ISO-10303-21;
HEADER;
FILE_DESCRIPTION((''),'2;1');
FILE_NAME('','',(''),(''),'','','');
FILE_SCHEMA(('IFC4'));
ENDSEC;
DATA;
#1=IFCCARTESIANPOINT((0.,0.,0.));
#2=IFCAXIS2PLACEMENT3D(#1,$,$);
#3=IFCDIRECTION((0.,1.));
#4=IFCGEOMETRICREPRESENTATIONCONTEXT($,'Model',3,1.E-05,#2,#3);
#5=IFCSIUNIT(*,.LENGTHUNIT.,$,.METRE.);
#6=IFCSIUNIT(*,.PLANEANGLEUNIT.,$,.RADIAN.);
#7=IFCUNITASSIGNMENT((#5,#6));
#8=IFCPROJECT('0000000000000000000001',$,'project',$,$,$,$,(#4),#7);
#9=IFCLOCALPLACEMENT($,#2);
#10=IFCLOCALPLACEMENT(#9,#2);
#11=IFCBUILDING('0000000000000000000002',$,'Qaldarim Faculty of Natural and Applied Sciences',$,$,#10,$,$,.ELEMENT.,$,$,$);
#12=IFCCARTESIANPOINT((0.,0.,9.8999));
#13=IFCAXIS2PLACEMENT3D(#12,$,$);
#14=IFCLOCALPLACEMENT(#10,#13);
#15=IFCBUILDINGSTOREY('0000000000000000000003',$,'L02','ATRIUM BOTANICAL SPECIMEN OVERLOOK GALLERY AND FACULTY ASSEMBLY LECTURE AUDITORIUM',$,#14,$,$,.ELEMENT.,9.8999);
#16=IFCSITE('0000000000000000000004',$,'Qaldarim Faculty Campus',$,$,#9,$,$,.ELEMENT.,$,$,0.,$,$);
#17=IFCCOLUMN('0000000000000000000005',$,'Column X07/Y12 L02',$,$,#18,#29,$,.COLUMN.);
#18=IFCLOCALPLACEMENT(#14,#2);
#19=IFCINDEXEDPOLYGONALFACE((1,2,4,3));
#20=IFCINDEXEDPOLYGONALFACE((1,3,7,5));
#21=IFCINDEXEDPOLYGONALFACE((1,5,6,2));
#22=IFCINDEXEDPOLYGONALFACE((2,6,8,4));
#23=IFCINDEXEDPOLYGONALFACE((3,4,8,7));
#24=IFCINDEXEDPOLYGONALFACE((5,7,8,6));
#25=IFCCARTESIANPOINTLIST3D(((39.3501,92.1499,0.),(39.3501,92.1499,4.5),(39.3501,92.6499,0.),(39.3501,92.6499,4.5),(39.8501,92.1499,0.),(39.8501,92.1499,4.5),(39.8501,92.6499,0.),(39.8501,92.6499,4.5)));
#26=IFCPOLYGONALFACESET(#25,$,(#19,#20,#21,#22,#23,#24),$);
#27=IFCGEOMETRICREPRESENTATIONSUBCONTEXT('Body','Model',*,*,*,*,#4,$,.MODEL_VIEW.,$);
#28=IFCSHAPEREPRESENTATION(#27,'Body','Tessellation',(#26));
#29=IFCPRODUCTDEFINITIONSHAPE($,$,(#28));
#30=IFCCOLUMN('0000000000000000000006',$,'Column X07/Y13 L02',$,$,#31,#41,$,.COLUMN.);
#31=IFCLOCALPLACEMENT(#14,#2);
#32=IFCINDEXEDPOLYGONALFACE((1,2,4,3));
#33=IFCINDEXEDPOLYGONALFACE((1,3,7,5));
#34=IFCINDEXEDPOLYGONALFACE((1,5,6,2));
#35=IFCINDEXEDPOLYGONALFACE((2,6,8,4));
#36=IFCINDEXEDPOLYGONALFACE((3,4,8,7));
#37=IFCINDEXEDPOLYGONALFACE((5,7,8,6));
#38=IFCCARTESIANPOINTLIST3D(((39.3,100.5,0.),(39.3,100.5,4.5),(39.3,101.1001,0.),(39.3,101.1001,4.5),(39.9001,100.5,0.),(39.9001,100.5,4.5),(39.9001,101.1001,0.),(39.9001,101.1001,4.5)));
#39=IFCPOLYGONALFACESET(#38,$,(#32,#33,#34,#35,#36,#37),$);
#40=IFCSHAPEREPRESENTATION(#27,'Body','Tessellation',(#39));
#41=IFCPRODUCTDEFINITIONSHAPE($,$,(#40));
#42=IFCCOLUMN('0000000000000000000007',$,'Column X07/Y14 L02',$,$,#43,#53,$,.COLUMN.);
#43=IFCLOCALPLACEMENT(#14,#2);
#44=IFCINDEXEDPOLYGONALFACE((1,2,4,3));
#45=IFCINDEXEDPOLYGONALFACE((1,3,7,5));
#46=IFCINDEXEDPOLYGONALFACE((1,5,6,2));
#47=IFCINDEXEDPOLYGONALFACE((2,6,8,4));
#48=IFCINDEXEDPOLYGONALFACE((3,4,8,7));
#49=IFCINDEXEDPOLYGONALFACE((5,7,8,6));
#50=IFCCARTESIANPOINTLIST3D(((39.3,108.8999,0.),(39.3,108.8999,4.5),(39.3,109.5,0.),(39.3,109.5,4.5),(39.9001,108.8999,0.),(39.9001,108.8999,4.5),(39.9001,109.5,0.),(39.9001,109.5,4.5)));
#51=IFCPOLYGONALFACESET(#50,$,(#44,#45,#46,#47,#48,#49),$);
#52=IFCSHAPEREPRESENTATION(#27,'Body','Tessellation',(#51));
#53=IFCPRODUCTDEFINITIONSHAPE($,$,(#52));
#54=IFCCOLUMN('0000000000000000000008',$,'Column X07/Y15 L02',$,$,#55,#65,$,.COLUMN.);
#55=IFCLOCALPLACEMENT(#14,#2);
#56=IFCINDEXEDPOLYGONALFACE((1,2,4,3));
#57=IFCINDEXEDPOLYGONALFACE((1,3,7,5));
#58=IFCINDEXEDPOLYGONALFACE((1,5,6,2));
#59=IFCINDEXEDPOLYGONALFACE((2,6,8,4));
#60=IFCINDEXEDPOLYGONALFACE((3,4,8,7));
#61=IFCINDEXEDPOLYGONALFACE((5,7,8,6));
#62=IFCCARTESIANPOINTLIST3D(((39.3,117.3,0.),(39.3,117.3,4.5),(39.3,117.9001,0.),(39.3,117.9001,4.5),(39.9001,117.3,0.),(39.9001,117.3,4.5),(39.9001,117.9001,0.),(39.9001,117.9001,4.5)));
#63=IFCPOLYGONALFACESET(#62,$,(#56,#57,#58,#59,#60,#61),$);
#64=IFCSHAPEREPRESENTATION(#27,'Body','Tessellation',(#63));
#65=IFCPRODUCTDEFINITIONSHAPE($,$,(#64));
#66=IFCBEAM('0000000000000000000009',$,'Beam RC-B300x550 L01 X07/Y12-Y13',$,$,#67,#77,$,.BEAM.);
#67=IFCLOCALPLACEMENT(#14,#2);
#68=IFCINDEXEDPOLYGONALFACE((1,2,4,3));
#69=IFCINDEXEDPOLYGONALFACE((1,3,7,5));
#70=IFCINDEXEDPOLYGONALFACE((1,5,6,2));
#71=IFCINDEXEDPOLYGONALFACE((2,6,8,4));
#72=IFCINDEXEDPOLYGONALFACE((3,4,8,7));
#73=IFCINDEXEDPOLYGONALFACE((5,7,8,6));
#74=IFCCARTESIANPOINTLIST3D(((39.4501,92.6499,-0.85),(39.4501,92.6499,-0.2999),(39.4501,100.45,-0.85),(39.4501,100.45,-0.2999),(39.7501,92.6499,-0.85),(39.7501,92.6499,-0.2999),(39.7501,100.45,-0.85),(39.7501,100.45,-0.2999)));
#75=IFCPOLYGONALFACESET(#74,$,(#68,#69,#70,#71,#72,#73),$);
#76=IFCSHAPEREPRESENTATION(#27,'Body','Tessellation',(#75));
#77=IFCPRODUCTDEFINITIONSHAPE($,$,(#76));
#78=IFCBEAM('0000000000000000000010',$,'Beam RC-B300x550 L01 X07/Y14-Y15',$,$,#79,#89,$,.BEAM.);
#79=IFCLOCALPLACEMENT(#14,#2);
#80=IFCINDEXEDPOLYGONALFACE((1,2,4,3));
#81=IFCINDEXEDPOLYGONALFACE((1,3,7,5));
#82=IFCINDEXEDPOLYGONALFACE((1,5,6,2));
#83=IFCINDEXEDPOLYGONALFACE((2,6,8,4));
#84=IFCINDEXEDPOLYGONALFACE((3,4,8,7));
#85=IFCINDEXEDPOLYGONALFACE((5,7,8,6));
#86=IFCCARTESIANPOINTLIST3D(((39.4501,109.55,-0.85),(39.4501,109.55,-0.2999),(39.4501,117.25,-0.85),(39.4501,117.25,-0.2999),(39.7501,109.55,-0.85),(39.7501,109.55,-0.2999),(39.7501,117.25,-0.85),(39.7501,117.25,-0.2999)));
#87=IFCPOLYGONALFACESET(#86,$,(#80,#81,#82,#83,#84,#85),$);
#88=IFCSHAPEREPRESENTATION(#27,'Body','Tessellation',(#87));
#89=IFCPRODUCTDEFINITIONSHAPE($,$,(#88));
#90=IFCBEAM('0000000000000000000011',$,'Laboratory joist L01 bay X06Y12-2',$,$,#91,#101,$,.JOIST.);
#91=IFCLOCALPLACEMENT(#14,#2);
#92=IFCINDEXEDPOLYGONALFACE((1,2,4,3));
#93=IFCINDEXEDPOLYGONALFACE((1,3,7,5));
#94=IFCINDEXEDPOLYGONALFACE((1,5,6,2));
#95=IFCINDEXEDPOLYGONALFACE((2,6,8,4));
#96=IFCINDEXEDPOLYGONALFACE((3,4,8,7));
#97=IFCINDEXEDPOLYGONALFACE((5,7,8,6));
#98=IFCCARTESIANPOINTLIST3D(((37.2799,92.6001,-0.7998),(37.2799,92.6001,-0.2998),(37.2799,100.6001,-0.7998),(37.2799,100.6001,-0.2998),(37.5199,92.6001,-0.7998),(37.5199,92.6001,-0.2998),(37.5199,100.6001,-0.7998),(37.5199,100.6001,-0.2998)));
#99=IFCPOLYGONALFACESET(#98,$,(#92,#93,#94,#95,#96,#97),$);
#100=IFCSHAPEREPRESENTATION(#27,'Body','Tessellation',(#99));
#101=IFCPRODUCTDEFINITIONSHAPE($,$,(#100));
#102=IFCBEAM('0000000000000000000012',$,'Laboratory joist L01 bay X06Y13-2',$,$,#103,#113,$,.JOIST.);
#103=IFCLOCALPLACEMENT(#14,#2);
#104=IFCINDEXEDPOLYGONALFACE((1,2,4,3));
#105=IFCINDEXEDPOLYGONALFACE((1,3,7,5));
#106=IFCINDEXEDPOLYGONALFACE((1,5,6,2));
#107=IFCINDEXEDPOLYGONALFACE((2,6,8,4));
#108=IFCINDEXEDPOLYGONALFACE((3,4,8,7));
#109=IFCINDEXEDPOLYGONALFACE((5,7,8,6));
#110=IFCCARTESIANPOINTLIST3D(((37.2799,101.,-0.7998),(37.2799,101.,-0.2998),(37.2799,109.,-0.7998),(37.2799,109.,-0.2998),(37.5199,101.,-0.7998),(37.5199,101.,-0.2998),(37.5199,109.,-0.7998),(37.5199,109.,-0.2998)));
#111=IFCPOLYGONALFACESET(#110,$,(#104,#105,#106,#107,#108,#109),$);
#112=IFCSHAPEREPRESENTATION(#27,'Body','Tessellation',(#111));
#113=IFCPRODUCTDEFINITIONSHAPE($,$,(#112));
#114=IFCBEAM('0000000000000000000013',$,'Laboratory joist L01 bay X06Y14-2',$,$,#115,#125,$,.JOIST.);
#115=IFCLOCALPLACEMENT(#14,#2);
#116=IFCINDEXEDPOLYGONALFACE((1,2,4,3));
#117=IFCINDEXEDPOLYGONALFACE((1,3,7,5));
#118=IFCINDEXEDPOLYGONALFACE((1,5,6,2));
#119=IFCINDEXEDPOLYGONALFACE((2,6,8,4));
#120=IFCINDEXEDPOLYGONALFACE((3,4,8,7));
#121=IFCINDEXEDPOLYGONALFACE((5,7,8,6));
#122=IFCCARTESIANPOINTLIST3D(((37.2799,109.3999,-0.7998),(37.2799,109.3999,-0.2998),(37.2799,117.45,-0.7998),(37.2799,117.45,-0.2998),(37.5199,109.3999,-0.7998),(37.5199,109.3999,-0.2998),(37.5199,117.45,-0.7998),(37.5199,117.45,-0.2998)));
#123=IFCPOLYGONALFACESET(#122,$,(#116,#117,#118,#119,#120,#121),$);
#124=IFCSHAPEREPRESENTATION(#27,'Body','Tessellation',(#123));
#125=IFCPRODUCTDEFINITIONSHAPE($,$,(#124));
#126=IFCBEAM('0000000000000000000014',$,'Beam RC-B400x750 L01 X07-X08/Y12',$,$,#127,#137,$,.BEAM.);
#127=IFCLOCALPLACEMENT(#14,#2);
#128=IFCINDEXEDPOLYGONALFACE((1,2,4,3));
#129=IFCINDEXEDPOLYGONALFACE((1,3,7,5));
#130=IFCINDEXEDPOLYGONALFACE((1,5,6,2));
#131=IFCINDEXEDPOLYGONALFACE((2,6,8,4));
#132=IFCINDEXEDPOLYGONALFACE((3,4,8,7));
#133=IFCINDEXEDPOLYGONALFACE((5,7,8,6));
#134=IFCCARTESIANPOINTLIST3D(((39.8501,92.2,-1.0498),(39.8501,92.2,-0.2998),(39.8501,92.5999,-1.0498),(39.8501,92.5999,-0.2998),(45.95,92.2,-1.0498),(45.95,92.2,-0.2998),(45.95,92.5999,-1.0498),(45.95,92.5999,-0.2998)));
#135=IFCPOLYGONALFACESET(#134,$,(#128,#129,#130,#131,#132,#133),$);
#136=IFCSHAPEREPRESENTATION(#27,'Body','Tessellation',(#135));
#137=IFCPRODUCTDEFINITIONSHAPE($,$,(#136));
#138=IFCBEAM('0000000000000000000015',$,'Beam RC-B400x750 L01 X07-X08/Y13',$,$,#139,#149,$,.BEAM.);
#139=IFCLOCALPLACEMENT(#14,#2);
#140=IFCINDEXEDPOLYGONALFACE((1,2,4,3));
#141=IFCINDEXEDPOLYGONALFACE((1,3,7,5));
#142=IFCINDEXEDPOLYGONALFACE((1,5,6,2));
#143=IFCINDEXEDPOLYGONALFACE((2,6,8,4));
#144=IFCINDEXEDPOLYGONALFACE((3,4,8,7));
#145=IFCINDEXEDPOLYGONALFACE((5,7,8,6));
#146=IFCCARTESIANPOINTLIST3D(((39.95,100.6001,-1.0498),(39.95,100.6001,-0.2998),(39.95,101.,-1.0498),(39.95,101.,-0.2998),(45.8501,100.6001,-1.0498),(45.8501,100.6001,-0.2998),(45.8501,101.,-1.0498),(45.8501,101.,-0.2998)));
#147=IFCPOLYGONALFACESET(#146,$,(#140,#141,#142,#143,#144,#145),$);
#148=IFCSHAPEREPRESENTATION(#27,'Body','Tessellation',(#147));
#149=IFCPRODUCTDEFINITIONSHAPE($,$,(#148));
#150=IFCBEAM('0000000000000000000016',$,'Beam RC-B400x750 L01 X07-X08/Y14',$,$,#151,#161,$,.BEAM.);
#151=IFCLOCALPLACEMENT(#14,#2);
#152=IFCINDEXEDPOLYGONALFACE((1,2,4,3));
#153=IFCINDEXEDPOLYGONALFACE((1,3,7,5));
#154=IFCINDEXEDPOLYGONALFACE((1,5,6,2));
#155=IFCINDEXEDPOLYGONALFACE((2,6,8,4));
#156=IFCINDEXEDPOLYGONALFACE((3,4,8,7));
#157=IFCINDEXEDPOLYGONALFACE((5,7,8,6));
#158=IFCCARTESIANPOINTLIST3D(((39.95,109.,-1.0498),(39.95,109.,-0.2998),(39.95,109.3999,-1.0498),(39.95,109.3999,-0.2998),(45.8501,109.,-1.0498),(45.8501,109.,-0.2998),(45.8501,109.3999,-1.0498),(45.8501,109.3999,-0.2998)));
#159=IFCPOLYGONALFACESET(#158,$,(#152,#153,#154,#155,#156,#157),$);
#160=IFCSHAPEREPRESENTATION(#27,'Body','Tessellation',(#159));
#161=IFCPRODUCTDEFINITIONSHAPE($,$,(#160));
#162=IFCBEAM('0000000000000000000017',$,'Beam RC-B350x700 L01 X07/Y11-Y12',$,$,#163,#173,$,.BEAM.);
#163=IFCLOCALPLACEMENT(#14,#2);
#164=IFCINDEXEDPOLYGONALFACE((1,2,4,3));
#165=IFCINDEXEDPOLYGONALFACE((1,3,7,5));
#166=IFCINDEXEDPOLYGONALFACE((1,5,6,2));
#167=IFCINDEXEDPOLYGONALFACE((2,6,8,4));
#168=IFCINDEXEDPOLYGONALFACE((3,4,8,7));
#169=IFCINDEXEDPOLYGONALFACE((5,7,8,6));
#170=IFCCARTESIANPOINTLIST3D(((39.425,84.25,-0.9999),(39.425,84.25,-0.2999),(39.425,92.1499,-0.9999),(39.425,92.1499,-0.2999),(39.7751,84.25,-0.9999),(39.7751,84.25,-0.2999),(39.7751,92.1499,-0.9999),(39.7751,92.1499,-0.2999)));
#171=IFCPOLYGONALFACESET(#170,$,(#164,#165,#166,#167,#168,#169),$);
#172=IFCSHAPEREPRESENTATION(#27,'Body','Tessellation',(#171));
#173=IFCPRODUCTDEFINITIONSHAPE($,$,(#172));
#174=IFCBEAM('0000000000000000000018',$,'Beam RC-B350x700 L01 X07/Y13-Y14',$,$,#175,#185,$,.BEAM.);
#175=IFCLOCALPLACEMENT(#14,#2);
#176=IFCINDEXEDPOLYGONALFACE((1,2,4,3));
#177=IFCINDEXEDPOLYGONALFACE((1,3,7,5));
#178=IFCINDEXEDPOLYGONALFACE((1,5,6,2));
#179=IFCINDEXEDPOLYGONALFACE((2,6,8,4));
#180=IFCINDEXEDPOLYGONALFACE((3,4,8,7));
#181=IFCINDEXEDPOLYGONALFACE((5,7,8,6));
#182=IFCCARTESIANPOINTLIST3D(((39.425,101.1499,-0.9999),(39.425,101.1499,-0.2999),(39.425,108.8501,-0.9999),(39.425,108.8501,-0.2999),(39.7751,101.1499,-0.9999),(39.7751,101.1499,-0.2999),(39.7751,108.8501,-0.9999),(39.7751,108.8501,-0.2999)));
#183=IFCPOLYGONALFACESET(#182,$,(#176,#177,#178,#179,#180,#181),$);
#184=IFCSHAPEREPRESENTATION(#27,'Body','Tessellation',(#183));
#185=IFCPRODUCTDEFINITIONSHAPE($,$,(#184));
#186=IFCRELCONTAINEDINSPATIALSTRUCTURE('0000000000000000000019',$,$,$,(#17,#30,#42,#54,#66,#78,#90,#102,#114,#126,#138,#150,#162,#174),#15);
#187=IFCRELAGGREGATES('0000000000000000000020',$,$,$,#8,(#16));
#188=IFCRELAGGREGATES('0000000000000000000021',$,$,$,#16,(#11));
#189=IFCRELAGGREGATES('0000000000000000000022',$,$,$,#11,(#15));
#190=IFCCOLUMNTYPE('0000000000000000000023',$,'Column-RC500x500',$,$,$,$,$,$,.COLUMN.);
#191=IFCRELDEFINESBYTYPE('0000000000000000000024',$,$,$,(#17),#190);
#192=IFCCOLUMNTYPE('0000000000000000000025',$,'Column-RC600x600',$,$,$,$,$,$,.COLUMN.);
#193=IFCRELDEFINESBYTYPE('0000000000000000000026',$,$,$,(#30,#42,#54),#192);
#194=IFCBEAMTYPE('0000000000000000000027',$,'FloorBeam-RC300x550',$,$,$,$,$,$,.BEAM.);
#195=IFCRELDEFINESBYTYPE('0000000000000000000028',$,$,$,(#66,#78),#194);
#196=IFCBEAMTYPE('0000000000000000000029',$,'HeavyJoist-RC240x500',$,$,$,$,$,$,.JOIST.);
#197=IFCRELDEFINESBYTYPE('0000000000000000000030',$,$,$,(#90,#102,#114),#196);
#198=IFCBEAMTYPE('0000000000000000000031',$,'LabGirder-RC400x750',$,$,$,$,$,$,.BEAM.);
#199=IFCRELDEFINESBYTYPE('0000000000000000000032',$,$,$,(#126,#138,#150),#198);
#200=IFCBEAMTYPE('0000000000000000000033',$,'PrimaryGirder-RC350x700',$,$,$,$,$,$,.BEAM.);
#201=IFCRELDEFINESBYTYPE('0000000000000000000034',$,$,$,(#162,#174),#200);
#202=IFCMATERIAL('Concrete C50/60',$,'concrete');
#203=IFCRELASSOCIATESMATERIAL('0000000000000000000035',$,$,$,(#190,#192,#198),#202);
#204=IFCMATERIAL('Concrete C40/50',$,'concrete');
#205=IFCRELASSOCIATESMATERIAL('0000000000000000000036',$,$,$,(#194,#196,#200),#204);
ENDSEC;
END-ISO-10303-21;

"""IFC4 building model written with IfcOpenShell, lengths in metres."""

from ifc_helpers import new_model, si_unit, direction, frame, origin, origin_2d, place, context, subcontext, project, spatial, rectangle, extrude, material, material_profile, profile_set, type_object, element, save


model = new_model("IFC4")

# Units and contexts
model_context = context("Model", 3, precision=1e-05, world=origin(), true_north=direction((0.0, 1.0)))
body_context = subcontext(model_context, "Body", "Model", "MODEL_VIEW")
ifc_project = project(units=[si_unit("LENGTHUNIT", "METRE"), si_unit("PLANEANGLEUNIT", "RADIAN")], contexts=[model_context])

# Site, building, storey
site_placement = place(None, origin())
site = spatial("IfcSite", under=ifc_project, at=site_placement, Name="Qaldarim Faculty Campus", CompositionType="ELEMENT", RefElevation=0.0)
building_placement = place(site_placement, origin())
building = spatial("IfcBuilding", under=site, at=building_placement, Name="Qaldarim Faculty of Natural and Applied Sciences", CompositionType="ELEMENT")
storey_placement = place(building_placement, frame((0.0, 0.0, 9.8999)))
storey = spatial("IfcBuildingStorey", under=building, at=storey_placement, Name="L02", Description="ATRIUM BOTANICAL SPECIMEN OVERLOOK GALLERY AND FACULTY ASSEMBLY LECTURE AUDITORIUM", CompositionType="ELEMENT", Elevation=9.8999)

# Columns
ifc_material_1 = material(Name="Concrete C50/60", Category="concrete")
ifc_material_profile_1 = material_profile(ifc_material_1, rectangle(XDim=0.5, YDim=0.5, at=origin_2d()), Name="RC-C500x500")
ifc_profile_set_1 = profile_set([ifc_material_profile_1], Name="Concrete C50/60")
column_type_1 = type_object("IfcColumnType", Name="Column-RC500x500", PredefinedType="COLUMN", material=ifc_profile_set_1)
column_placement = place(storey_placement, frame((39.6001, 92.3999, 0.0), z_axis=(0.0, 0.0, 1.0), x_axis=(1.0, 0.0, 0.0)))
element("IfcColumn", 1, at=column_placement, inside=storey, type_object=column_type_1, Name="Column X07/Y12 L02", PredefinedType="COLUMN", context=body_context, shape_type="SweptSolid", body=[
    extrude(rectangle(XDim=0.5, YDim=0.5, at=origin_2d()), origin(), (0.0, 0.0, 1.0), 4.5),
])
ifc_material_profile_2 = material_profile(ifc_material_1, rectangle(XDim=0.6001, YDim=0.6001, at=origin_2d()), Name="RC-C600x600")
ifc_profile_set_2 = profile_set([ifc_material_profile_2], Name="Concrete C50/60")
column_type_2 = type_object("IfcColumnType", Name="Column-RC600x600", PredefinedType="COLUMN", material=ifc_profile_set_2)
for number, where, z_axis, x_axis, name in (
    (2, (39.6001, 100.8, 0.0), (0.0, 0.0, 1.0), (1.0, 0.0, 0.0), "Column X07/Y13 L02"),
    (3, (39.6001, 109.2, 0.0), (0.0, 0.0, 1.0), (1.0, 0.0, 0.0), "Column X07/Y14 L02"),
    (4, (39.6001, 117.6001, 0.0), (0.0, 0.0, 1.0), (1.0, 0.0, 0.0), "Column X07/Y15 L02"),
):
    element("IfcColumn", number, at=place(storey_placement, frame(where, z_axis=z_axis, x_axis=x_axis)), inside=storey, type_object=column_type_2, Name=name, PredefinedType="COLUMN", context=body_context, shape_type="SweptSolid", body=[
        extrude(rectangle(XDim=0.6001, YDim=0.6001, at=origin_2d()), origin(), (0.0, 0.0, 1.0), 4.5),
    ])

# Beams
ifc_material_2 = material(Name="Concrete C40/50", Category="concrete")
ifc_material_profile_3 = material_profile(ifc_material_2, rectangle(XDim=0.3, YDim=0.55, at=origin_2d()), Name="RC-B300x550")
ifc_profile_set_3 = profile_set([ifc_material_profile_3], Name="Concrete C40/50")
beam_type_1 = type_object("IfcBeamType", Name="FloorBeam-RC300x550", PredefinedType="BEAM", material=ifc_profile_set_3)
beam_1_placement = place(storey_placement, frame((39.6001, 92.6499, -0.575), z_axis=(0.0, 1.0, 0.0), x_axis=(-1.0, 0.0, 0.0)))
element("IfcBeam", 5, at=beam_1_placement, inside=storey, type_object=beam_type_1, Name="Beam RC-B300x550 L01 X07/Y12-Y13", PredefinedType="BEAM", context=body_context, shape_type="SweptSolid", body=[
    extrude(rectangle(XDim=0.3, YDim=0.55, at=origin_2d()), origin(), (0.0, 0.0, 1.0), 7.8),
])
beam_2_placement = place(storey_placement, frame((39.6001, 109.55, -0.575), z_axis=(0.0, 1.0, 0.0), x_axis=(-1.0, 0.0, 0.0)))
element("IfcBeam", 6, at=beam_2_placement, inside=storey, type_object=beam_type_1, Name="Beam RC-B300x550 L01 X07/Y14-Y15", PredefinedType="BEAM", context=body_context, shape_type="SweptSolid", body=[
    extrude(rectangle(XDim=0.3, YDim=0.55, at=origin_2d()), origin(), (0.0, 0.0, 1.0), 7.7),
])
ifc_material_profile_4 = material_profile(ifc_material_2, rectangle(XDim=0.24, YDim=0.5, at=origin_2d()), Name="RC-J240x500")
ifc_profile_set_4 = profile_set([ifc_material_profile_4], Name="Concrete C40/50")
beam_type_2 = type_object("IfcBeamType", Name="HeavyJoist-RC240x500", PredefinedType="JOIST", material=ifc_profile_set_4)
for number, where, z_axis, x_axis, name in (
    (7, (37.3999, 92.6001, -0.5498), (0.0, 1.0, 0.0), (-1.0, 0.0, 0.0), "Laboratory joist L01 bay X06Y12-2"),
    (8, (37.3999, 101.0, -0.5498), (0.0, 1.0, 0.0), (-1.0, 0.0, 0.0), "Laboratory joist L01 bay X06Y13-2"),
):
    element("IfcBeam", number, at=place(storey_placement, frame(where, z_axis=z_axis, x_axis=x_axis)), inside=storey, type_object=beam_type_2, Name=name, PredefinedType="JOIST", context=body_context, shape_type="SweptSolid", body=[
        extrude(rectangle(XDim=0.24, YDim=0.5, at=origin_2d()), origin(), (0.0, 0.0, 1.0), 8.0),
    ])
beam_3_placement = place(storey_placement, frame((37.3999, 109.3999, -0.5498), z_axis=(0.0, 1.0, 0.0), x_axis=(-1.0, 0.0, 0.0)))
element("IfcBeam", 9, at=beam_3_placement, inside=storey, type_object=beam_type_2, Name="Laboratory joist L01 bay X06Y14-2", PredefinedType="JOIST", context=body_context, shape_type="SweptSolid", body=[
    extrude(rectangle(XDim=0.24, YDim=0.5, at=origin_2d()), origin(), (0.0, 0.0, 1.0), 8.05),
])
ifc_material_profile_5 = material_profile(ifc_material_1, rectangle(XDim=0.3999, YDim=0.75, at=origin_2d()), Name="RC-B400x750")
ifc_profile_set_5 = profile_set([ifc_material_profile_5], Name="Concrete C50/60")
beam_type_3 = type_object("IfcBeamType", Name="LabGirder-RC400x750", PredefinedType="BEAM", material=ifc_profile_set_5)
beam_4_placement = place(storey_placement, frame((39.8501, 92.3999, -0.6748), z_axis=(1.0, 0.0, 0.0), x_axis=(0.0, 1.0, 0.0)))
element("IfcBeam", 10, at=beam_4_placement, inside=storey, type_object=beam_type_3, Name="Beam RC-B400x750 L01 X07-X08/Y12", PredefinedType="BEAM", context=body_context, shape_type="SweptSolid", body=[
    extrude(rectangle(XDim=0.3999, YDim=0.75, at=origin_2d()), origin(), (0.0, 0.0, 1.0), 6.0999),
])
for number, where, z_axis, x_axis, name in (
    (11, (39.95, 100.8, -0.6748), (1.0, 0.0, 0.0), (0.0, 1.0, 0.0), "Beam RC-B400x750 L01 X07-X08/Y13"),
    (12, (39.95, 109.2, -0.6748), (1.0, 0.0, 0.0), (0.0, 1.0, 0.0), "Beam RC-B400x750 L01 X07-X08/Y14"),
):
    element("IfcBeam", number, at=place(storey_placement, frame(where, z_axis=z_axis, x_axis=x_axis)), inside=storey, type_object=beam_type_3, Name=name, PredefinedType="BEAM", context=body_context, shape_type="SweptSolid", body=[
        extrude(rectangle(XDim=0.3999, YDim=0.75, at=origin_2d()), origin(), (0.0, 0.0, 1.0), 5.9001),
    ])
ifc_material_profile_6 = material_profile(ifc_material_2, rectangle(XDim=0.3501, YDim=0.7, at=origin_2d()), Name="RC-B350x700")
ifc_profile_set_6 = profile_set([ifc_material_profile_6], Name="Concrete C40/50")
beam_type_4 = type_object("IfcBeamType", Name="PrimaryGirder-RC350x700", PredefinedType="BEAM", material=ifc_profile_set_6)
beam_5_placement = place(storey_placement, frame((39.6001, 84.25, -0.6499), z_axis=(0.0, 1.0, 0.0), x_axis=(-1.0, 0.0, 0.0)))
element("IfcBeam", 13, at=beam_5_placement, inside=storey, type_object=beam_type_4, Name="Beam RC-B350x700 L01 X07/Y11-Y12", PredefinedType="BEAM", context=body_context, shape_type="SweptSolid", body=[
    extrude(rectangle(XDim=0.3501, YDim=0.7, at=origin_2d()), origin(), (0.0, 0.0, 1.0), 7.8999),
])
beam_6_placement = place(storey_placement, frame((39.6001, 101.1499, -0.6499), z_axis=(0.0, 1.0, 0.0), x_axis=(-1.0, 0.0, 0.0)))
element("IfcBeam", 14, at=beam_6_placement, inside=storey, type_object=beam_type_4, Name="Beam RC-B350x700 L01 X07/Y13-Y14", PredefinedType="BEAM", context=body_context, shape_type="SweptSolid", body=[
    extrude(rectangle(XDim=0.3501, YDim=0.7, at=origin_2d()), origin(), (0.0, 0.0, 1.0), 7.7002),
])

save(model, "model.ifc")
